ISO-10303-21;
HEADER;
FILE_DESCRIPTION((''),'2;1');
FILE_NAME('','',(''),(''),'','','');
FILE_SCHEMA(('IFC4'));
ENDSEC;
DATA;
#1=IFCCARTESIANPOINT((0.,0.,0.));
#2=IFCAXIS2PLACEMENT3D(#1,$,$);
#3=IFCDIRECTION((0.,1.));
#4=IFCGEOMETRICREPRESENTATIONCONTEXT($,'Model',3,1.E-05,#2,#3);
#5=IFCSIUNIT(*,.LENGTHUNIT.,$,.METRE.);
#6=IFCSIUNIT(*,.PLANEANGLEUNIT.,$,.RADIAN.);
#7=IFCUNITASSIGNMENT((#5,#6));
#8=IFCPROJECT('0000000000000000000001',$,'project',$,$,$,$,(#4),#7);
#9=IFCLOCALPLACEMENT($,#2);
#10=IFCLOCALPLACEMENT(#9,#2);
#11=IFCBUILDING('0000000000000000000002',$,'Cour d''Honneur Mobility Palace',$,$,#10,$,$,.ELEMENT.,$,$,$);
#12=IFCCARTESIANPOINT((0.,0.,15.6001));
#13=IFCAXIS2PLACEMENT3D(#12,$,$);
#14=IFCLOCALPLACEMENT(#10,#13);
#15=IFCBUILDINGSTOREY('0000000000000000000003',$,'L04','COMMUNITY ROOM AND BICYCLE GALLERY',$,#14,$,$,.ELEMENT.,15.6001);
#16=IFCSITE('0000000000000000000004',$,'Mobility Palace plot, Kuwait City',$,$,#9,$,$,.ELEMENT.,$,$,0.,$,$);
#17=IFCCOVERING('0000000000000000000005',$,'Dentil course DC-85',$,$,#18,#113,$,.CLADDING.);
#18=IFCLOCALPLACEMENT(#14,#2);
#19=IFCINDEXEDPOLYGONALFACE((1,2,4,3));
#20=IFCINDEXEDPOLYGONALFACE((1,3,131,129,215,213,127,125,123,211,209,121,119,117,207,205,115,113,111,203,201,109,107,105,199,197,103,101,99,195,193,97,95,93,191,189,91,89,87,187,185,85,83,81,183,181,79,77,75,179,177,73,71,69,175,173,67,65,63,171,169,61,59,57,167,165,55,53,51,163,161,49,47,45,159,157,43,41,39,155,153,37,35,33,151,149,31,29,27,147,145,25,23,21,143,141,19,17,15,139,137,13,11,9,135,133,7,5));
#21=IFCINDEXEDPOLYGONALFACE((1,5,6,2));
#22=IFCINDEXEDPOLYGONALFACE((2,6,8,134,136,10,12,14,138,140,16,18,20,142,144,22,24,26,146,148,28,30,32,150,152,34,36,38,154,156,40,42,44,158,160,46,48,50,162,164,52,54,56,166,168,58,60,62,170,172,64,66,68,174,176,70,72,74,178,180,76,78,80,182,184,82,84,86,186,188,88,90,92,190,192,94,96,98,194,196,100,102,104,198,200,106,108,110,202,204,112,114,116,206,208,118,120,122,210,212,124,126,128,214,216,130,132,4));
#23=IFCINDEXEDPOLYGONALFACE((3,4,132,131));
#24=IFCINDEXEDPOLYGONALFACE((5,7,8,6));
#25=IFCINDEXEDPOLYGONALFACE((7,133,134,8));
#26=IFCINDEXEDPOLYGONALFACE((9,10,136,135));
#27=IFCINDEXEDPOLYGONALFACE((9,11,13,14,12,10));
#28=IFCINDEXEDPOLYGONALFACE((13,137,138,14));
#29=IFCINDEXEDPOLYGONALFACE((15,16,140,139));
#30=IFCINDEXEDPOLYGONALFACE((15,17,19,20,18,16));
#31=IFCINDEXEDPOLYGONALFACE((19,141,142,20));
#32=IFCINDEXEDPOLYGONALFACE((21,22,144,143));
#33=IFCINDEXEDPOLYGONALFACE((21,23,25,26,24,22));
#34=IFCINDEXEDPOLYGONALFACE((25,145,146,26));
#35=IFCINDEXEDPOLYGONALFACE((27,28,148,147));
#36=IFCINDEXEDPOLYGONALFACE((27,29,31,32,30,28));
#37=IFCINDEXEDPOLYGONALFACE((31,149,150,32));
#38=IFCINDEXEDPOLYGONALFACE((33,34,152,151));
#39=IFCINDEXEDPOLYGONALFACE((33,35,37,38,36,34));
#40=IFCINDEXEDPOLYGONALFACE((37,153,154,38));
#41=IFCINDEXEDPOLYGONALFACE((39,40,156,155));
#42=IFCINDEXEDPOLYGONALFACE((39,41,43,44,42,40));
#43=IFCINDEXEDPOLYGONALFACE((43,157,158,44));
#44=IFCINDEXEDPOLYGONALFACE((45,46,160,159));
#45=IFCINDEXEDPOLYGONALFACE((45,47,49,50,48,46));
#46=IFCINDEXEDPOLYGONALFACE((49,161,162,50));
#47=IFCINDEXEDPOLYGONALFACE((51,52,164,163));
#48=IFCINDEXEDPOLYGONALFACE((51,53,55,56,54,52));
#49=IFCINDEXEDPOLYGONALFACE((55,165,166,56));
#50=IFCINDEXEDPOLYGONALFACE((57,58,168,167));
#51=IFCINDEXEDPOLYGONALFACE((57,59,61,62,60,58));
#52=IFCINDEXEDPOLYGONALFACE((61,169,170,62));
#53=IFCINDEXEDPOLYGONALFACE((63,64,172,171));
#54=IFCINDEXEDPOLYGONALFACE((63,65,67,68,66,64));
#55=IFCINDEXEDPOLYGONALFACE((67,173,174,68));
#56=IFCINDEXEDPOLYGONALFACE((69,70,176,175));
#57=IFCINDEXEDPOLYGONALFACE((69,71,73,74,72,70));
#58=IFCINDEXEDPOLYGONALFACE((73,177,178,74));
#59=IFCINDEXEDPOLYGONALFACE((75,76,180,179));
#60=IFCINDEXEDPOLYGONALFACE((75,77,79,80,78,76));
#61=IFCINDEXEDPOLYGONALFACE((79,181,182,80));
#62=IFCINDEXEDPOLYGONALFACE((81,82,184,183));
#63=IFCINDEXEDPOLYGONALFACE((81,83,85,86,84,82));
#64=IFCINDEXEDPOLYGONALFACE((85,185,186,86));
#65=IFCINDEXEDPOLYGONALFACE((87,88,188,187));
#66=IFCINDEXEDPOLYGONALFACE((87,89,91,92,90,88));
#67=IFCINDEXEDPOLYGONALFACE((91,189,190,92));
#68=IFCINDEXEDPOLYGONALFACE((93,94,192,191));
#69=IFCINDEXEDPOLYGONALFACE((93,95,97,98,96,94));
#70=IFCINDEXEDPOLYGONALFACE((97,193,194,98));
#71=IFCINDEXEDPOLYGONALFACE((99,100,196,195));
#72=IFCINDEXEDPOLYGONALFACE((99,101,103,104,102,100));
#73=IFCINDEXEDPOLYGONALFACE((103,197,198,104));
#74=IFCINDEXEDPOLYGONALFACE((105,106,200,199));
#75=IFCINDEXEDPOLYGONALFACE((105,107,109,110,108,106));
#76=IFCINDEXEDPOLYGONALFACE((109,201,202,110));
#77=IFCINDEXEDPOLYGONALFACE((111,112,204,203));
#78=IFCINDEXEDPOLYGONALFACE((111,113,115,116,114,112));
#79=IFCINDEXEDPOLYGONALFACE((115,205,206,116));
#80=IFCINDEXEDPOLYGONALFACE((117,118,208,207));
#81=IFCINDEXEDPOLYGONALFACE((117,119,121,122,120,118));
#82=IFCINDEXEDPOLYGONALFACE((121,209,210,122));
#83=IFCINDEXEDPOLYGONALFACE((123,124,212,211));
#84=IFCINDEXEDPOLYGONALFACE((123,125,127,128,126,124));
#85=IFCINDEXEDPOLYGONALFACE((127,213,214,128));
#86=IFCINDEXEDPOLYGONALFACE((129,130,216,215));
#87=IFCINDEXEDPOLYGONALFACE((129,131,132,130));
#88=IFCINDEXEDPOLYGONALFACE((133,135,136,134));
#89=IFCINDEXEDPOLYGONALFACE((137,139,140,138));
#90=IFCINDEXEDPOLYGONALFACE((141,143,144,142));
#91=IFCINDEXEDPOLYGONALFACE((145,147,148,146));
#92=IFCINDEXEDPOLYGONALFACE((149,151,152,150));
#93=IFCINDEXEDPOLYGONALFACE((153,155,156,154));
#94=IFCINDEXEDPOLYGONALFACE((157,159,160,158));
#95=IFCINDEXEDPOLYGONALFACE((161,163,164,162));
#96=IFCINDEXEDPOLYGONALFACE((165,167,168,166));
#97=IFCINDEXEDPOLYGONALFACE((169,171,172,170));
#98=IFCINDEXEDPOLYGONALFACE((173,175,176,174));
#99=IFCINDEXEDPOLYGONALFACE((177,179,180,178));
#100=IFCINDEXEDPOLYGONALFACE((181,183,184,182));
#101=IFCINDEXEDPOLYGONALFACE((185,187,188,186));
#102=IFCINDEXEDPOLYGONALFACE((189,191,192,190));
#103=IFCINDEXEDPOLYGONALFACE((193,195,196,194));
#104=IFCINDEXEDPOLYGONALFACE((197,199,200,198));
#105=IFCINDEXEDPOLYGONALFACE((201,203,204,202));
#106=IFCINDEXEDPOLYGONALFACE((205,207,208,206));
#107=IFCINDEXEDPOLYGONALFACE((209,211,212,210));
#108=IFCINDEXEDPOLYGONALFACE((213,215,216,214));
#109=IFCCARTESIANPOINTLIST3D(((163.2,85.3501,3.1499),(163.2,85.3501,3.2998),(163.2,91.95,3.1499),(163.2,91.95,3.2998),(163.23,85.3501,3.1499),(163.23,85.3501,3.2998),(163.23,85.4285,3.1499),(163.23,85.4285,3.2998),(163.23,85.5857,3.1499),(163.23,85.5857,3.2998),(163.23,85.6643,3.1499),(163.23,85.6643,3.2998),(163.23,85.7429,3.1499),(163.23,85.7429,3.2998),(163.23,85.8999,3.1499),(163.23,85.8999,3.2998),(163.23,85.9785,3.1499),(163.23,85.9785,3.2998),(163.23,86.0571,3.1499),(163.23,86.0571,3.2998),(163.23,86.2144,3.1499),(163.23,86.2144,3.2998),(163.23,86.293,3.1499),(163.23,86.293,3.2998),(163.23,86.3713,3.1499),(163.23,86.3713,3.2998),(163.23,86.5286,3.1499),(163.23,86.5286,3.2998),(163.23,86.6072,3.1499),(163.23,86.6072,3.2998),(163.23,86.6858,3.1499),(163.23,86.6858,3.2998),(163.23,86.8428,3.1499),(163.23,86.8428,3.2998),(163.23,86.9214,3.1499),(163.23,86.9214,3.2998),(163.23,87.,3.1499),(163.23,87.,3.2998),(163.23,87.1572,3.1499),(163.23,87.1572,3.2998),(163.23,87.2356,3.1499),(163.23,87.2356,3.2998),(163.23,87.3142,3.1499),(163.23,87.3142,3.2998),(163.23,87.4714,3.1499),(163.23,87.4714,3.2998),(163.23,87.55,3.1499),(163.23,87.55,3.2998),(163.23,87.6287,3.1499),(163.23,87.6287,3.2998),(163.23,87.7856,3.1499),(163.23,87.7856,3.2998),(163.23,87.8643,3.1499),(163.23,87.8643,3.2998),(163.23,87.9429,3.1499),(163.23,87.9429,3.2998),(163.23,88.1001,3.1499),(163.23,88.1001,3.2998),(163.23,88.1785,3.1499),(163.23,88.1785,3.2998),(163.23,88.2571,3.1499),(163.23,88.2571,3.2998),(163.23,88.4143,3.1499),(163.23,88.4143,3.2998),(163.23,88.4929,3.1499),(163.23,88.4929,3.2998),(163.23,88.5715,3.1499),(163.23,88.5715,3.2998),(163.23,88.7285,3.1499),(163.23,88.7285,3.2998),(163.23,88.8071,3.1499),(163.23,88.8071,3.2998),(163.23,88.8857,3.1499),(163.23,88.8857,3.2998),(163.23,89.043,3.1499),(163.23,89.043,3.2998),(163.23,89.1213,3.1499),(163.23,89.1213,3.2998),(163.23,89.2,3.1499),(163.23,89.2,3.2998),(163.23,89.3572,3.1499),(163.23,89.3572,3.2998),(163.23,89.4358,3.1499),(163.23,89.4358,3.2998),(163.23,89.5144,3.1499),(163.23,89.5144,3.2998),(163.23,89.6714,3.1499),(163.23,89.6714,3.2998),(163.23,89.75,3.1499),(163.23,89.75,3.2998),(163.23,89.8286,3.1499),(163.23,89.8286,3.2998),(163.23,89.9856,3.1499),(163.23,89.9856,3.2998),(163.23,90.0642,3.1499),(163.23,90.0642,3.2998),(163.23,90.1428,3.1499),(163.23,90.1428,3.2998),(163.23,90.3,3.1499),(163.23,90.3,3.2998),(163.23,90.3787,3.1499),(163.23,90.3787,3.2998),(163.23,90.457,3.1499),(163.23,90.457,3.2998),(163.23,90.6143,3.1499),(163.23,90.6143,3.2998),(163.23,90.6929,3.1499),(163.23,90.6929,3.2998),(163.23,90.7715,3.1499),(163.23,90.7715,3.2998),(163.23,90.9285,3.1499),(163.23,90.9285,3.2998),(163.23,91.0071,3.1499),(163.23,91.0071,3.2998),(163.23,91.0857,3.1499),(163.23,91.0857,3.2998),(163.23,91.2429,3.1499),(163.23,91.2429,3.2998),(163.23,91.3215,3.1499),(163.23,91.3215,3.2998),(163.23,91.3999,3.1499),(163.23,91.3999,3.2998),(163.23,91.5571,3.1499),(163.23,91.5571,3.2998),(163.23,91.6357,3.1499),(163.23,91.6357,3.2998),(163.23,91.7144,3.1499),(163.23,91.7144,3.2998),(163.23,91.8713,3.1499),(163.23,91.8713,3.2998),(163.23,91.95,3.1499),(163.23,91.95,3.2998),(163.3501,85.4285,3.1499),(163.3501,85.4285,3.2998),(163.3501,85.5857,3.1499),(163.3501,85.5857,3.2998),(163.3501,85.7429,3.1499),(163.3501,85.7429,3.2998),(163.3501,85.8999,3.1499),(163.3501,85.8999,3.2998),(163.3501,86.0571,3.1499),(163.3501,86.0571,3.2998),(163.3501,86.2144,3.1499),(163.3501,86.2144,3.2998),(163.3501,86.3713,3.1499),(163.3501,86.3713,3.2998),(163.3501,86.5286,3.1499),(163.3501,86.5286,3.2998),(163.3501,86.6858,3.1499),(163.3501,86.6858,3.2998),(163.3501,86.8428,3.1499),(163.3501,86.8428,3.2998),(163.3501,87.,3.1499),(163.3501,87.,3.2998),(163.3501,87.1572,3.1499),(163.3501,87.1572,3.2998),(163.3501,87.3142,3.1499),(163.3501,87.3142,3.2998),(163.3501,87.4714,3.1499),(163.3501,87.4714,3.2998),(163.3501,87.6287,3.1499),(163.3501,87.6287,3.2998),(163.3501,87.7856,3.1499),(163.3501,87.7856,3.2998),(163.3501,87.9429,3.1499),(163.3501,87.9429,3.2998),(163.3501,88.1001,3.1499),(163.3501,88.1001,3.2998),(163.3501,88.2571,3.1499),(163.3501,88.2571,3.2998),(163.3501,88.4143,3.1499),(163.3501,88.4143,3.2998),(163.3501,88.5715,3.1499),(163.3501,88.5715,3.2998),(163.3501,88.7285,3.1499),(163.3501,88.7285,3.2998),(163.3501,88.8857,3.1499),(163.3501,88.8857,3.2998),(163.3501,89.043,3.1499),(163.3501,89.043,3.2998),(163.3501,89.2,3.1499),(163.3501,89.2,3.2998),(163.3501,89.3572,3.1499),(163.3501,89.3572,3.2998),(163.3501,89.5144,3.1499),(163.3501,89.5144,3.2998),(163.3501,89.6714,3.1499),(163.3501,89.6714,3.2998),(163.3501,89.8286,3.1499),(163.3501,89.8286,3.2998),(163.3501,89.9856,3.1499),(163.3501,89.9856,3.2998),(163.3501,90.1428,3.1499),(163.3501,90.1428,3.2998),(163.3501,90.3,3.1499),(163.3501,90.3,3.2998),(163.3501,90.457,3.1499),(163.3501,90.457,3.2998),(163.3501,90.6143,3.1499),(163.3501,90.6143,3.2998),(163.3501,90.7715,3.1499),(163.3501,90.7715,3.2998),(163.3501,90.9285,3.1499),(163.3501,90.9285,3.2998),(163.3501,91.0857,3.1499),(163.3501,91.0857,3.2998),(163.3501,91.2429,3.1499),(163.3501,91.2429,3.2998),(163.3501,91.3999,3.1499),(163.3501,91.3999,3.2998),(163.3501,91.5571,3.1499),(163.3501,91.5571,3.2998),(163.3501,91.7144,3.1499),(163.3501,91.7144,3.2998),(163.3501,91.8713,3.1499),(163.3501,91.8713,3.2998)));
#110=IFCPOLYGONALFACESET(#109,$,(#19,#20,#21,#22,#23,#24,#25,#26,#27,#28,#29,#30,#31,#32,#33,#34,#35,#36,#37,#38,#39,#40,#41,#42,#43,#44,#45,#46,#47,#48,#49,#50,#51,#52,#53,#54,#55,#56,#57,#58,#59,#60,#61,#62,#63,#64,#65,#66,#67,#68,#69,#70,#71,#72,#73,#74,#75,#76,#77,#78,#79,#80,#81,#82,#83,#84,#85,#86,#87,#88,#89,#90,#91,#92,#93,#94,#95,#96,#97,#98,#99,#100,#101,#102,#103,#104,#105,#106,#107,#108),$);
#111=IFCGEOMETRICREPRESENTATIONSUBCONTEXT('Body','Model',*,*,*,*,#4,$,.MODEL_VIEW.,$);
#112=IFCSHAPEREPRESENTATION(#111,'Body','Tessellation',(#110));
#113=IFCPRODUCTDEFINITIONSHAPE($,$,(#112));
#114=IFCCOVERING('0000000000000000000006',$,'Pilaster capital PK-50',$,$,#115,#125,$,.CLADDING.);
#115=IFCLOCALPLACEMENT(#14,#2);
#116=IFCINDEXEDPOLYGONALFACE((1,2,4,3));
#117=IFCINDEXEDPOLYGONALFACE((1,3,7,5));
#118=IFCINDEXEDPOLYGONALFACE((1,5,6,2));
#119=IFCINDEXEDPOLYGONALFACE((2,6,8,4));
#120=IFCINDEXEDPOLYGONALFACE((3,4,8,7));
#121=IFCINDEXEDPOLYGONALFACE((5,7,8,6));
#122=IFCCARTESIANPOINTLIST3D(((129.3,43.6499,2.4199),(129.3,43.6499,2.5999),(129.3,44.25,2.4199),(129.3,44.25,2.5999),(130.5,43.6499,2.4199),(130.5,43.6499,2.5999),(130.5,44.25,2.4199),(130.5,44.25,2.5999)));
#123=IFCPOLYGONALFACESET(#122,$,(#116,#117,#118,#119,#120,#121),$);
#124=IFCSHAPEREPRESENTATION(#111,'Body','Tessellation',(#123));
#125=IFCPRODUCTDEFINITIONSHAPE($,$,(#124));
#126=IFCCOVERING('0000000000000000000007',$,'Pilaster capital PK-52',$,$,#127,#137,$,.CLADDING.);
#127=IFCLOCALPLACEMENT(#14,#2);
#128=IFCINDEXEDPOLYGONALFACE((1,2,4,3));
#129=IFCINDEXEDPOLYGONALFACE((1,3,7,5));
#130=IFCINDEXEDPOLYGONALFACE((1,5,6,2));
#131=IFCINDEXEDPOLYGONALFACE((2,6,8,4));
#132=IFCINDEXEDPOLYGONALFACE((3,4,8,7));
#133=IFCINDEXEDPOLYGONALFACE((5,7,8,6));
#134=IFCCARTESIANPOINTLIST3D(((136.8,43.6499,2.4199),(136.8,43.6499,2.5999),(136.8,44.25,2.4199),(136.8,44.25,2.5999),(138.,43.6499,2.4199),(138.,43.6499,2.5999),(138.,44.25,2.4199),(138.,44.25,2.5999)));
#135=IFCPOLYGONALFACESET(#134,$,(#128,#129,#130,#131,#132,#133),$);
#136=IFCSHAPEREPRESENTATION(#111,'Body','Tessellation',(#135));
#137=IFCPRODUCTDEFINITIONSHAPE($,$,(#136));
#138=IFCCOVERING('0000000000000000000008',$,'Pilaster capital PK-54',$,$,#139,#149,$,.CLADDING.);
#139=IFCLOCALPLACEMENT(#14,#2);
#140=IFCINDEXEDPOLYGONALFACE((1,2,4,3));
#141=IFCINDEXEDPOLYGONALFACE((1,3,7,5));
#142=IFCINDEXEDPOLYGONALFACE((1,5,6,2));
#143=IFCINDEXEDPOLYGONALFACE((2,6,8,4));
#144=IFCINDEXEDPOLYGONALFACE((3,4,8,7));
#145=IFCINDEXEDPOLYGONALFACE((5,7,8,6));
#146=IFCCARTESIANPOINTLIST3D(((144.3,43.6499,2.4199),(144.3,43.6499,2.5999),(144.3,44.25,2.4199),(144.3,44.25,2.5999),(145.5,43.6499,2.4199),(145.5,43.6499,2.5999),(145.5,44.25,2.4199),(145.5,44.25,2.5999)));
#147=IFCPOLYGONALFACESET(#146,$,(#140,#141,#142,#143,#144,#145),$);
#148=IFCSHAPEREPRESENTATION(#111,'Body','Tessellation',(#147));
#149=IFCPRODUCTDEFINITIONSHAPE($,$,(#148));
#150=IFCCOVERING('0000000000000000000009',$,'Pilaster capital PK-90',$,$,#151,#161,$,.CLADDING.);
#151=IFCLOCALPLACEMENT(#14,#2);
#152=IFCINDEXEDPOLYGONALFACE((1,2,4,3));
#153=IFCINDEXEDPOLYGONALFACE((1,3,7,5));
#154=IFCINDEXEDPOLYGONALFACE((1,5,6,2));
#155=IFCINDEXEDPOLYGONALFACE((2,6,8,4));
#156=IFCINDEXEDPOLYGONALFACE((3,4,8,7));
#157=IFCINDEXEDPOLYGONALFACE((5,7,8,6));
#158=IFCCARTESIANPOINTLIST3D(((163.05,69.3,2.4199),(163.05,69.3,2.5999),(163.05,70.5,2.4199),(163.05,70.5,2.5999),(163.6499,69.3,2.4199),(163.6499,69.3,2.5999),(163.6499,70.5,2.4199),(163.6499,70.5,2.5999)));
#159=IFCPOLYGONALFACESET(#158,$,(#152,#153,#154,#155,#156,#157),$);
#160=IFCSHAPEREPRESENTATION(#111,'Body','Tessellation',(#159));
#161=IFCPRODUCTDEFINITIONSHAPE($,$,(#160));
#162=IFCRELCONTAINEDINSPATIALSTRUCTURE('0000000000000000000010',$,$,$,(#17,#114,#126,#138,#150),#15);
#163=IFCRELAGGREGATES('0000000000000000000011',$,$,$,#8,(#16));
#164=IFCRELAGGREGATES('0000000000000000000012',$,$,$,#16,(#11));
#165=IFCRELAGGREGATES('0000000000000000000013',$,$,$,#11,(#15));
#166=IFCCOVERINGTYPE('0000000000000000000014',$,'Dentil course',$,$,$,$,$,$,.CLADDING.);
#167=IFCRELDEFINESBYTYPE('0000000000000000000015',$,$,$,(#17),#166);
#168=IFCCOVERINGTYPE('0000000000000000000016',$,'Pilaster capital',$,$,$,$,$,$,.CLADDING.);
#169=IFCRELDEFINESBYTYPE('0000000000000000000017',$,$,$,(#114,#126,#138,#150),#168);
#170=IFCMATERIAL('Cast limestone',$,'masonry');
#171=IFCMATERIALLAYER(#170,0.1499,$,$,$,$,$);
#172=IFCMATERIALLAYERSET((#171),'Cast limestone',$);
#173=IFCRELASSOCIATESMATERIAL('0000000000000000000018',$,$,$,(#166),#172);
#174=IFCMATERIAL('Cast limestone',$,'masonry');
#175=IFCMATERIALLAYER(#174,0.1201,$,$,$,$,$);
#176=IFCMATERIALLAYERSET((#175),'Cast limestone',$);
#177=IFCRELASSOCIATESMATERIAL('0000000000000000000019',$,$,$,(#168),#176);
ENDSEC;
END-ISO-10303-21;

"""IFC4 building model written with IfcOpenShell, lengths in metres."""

from ifc_helpers import new_model, si_unit, direction, frame, origin, place, context, subcontext, project, spatial, polyline, outline, extrude, material, layer, layer_set, type_object, element, save


model = new_model("IFC4")

# Units and contexts
model_context = context("Model", 3, precision=1e-05, world=origin(), true_north=direction((0.0, 1.0)))
body_context = subcontext(model_context, "Body", "Model", "MODEL_VIEW")
ifc_project = project(units=[si_unit("LENGTHUNIT", "METRE"), si_unit("PLANEANGLEUNIT", "RADIAN")], contexts=[model_context])

# Site, building, storey
site_placement = place(None, origin())
site = spatial("IfcSite", under=ifc_project, at=site_placement, Name="Mobility Palace plot, Kuwait City", CompositionType="ELEMENT", RefElevation=0.0)
building_placement = place(site_placement, origin())
building = spatial("IfcBuilding", under=site, at=building_placement, Name="Cour d'Honneur Mobility Palace", CompositionType="ELEMENT")
storey_placement = place(building_placement, frame((0.0, 0.0, 15.6001)))
storey = spatial("IfcBuildingStorey", under=building, at=storey_placement, Name="L04", Description="COMMUNITY ROOM AND BICYCLE GALLERY", CompositionType="ELEMENT", Elevation=15.6001)

# Coverings
ifc_material_1 = material(Name="Cast limestone", Category="masonry")
ifc_layer_1 = layer(ifc_material_1, 0.1499)
ifc_layer_set_1 = layer_set([ifc_layer_1], Name="Cast limestone")
covering_type_1 = type_object("IfcCoveringType", Name="Dentil course", PredefinedType="CLADDING", material=ifc_layer_set_1)
covering_1_placement = place(storey_placement, frame((0.0, 0.0, 3.1499)))
element("IfcCovering", 1, at=covering_1_placement, inside=storey, type_object=covering_type_1, Name="Dentil course DC-85", PredefinedType="CLADDING", context=body_context, shape_type="SweptSolid", body=[
    extrude(outline(polyline([(163.2, 85.3501), (163.2, 91.95), (163.23, 91.95), (163.23, 91.95), (163.23, 91.8713), (163.3501, 91.8713), (163.3501, 91.7144), (163.23, 91.7144), (163.23, 91.6357), (163.23, 91.6357), (163.23, 91.5571), (163.3501, 91.5571), (163.3501, 91.3999), (163.23, 91.3999), (163.23, 91.3215), (163.23, 91.3215), (163.23, 91.2429), (163.3501, 91.2429), (163.3501, 91.0857), (163.23, 91.0857), (163.23, 91.0071), (163.23, 91.0071), (163.23, 90.9285), (163.3501, 90.9285), (163.3501, 90.7715), (163.23, 90.7715), (163.23, 90.6929), (163.23, 90.6929), (163.23, 90.6143), (163.3501, 90.6143), (163.3501, 90.457), (163.23, 90.457), (163.23, 90.3787), (163.23, 90.3787), (163.23, 90.3), (163.3501, 90.3), (163.3501, 90.1428), (163.23, 90.1428), (163.23, 90.0642), (163.23, 90.0642), (163.23, 89.9856), (163.3501, 89.9856), (163.3501, 89.8286), (163.23, 89.8286), (163.23, 89.75), (163.23, 89.75), (163.23, 89.6714), (163.3501, 89.6714), (163.3501, 89.5144), (163.23, 89.5144), (163.23, 89.4358), (163.23, 89.4358), (163.23, 89.3572), (163.3501, 89.3572), (163.3501, 89.2), (163.23, 89.2), (163.23, 89.1213), (163.23, 89.1213), (163.23, 89.043), (163.3501, 89.043), (163.3501, 88.8857), (163.23, 88.8857), (163.23, 88.8071), (163.23, 88.8071), (163.23, 88.7285), (163.3501, 88.7285), (163.3501, 88.5715), (163.23, 88.5715), (163.23, 88.4929), (163.23, 88.4929), (163.23, 88.4143), (163.3501, 88.4143), (163.3501, 88.2571), (163.23, 88.2571), (163.23, 88.1785), (163.23, 88.1785), (163.23, 88.1001), (163.3501, 88.1001), (163.3501, 87.9429), (163.23, 87.9429), (163.23, 87.8643), (163.23, 87.8643), (163.23, 87.7856), (163.3501, 87.7856), (163.3501, 87.6287), (163.23, 87.6287), (163.23, 87.55), (163.23, 87.55), (163.23, 87.4714), (163.3501, 87.4714), (163.3501, 87.3142), (163.23, 87.3142), (163.23, 87.2356), (163.23, 87.2356), (163.23, 87.1572), (163.3501, 87.1572), (163.3501, 87.0), (163.23, 87.0), (163.23, 86.9214), (163.23, 86.9214), (163.23, 86.8428), (163.3501, 86.8428), (163.3501, 86.6858), (163.23, 86.6858), (163.23, 86.6072), (163.23, 86.6072), (163.23, 86.5286), (163.3501, 86.5286), (163.3501, 86.3713), (163.23, 86.3713), (163.23, 86.293), (163.23, 86.293), (163.23, 86.2144), (163.3501, 86.2144), (163.3501, 86.0571), (163.23, 86.0571), (163.23, 85.9785), (163.23, 85.9785), (163.23, 85.8999), (163.3501, 85.8999), (163.3501, 85.7429), (163.23, 85.7429), (163.23, 85.6643), (163.23, 85.6643), (163.23, 85.5857), (163.3501, 85.5857), (163.3501, 85.4285), (163.23, 85.4285), (163.23, 85.3501), (163.2, 85.3501)])), origin(), (0.0, 0.0, 1.0), 0.1499),
])
ifc_material_2 = material(Name="Cast limestone", Category="masonry")
ifc_layer_2 = layer(ifc_material_2, 0.1201)
ifc_layer_set_2 = layer_set([ifc_layer_2], Name="Cast limestone")
covering_type_2 = type_object("IfcCoveringType", Name="Pilaster capital", PredefinedType="CLADDING", material=ifc_layer_set_2)
covering_2_placement = place(storey_placement, frame((0.0, 0.0, 2.4199)))
element("IfcCovering", 2, at=covering_2_placement, inside=storey, type_object=covering_type_2, Name="Pilaster capital PK-50", PredefinedType="CLADDING", context=body_context, shape_type="SweptSolid", body=[
    extrude(outline(polyline([(129.3, 44.25), (130.5, 44.25), (130.5, 43.6499), (129.3, 43.6499), (129.3, 44.25)])), origin(), (0.0, 0.0, 1.0), 0.1799),
])
covering_3_placement = place(storey_placement, frame((0.0, 0.0, 2.4199)))
element("IfcCovering", 3, at=covering_3_placement, inside=storey, type_object=covering_type_2, Name="Pilaster capital PK-52", PredefinedType="CLADDING", context=body_context, shape_type="SweptSolid", body=[
    extrude(outline(polyline([(136.8, 44.25), (138.0, 44.25), (138.0, 43.6499), (136.8, 43.6499), (136.8, 44.25)])), origin(), (0.0, 0.0, 1.0), 0.1799),
])
covering_4_placement = place(storey_placement, frame((0.0, 0.0, 2.4199)))
element("IfcCovering", 4, at=covering_4_placement, inside=storey, type_object=covering_type_2, Name="Pilaster capital PK-54", PredefinedType="CLADDING", context=body_context, shape_type="SweptSolid", body=[
    extrude(outline(polyline([(144.3, 44.25), (145.5, 44.25), (145.5, 43.6499), (144.3, 43.6499), (144.3, 44.25)])), origin(), (0.0, 0.0, 1.0), 0.1799),
])
covering_5_placement = place(storey_placement, frame((0.0, 0.0, 2.4199)))
element("IfcCovering", 5, at=covering_5_placement, inside=storey, type_object=covering_type_2, Name="Pilaster capital PK-90", PredefinedType="CLADDING", context=body_context, shape_type="SweptSolid", body=[
    extrude(outline(polyline([(163.05, 69.3), (163.05, 70.5), (163.6499, 70.5), (163.6499, 69.3), (163.05, 69.3)])), origin(), (0.0, 0.0, 1.0), 0.1799),
])

save(model, "model.ifc")
